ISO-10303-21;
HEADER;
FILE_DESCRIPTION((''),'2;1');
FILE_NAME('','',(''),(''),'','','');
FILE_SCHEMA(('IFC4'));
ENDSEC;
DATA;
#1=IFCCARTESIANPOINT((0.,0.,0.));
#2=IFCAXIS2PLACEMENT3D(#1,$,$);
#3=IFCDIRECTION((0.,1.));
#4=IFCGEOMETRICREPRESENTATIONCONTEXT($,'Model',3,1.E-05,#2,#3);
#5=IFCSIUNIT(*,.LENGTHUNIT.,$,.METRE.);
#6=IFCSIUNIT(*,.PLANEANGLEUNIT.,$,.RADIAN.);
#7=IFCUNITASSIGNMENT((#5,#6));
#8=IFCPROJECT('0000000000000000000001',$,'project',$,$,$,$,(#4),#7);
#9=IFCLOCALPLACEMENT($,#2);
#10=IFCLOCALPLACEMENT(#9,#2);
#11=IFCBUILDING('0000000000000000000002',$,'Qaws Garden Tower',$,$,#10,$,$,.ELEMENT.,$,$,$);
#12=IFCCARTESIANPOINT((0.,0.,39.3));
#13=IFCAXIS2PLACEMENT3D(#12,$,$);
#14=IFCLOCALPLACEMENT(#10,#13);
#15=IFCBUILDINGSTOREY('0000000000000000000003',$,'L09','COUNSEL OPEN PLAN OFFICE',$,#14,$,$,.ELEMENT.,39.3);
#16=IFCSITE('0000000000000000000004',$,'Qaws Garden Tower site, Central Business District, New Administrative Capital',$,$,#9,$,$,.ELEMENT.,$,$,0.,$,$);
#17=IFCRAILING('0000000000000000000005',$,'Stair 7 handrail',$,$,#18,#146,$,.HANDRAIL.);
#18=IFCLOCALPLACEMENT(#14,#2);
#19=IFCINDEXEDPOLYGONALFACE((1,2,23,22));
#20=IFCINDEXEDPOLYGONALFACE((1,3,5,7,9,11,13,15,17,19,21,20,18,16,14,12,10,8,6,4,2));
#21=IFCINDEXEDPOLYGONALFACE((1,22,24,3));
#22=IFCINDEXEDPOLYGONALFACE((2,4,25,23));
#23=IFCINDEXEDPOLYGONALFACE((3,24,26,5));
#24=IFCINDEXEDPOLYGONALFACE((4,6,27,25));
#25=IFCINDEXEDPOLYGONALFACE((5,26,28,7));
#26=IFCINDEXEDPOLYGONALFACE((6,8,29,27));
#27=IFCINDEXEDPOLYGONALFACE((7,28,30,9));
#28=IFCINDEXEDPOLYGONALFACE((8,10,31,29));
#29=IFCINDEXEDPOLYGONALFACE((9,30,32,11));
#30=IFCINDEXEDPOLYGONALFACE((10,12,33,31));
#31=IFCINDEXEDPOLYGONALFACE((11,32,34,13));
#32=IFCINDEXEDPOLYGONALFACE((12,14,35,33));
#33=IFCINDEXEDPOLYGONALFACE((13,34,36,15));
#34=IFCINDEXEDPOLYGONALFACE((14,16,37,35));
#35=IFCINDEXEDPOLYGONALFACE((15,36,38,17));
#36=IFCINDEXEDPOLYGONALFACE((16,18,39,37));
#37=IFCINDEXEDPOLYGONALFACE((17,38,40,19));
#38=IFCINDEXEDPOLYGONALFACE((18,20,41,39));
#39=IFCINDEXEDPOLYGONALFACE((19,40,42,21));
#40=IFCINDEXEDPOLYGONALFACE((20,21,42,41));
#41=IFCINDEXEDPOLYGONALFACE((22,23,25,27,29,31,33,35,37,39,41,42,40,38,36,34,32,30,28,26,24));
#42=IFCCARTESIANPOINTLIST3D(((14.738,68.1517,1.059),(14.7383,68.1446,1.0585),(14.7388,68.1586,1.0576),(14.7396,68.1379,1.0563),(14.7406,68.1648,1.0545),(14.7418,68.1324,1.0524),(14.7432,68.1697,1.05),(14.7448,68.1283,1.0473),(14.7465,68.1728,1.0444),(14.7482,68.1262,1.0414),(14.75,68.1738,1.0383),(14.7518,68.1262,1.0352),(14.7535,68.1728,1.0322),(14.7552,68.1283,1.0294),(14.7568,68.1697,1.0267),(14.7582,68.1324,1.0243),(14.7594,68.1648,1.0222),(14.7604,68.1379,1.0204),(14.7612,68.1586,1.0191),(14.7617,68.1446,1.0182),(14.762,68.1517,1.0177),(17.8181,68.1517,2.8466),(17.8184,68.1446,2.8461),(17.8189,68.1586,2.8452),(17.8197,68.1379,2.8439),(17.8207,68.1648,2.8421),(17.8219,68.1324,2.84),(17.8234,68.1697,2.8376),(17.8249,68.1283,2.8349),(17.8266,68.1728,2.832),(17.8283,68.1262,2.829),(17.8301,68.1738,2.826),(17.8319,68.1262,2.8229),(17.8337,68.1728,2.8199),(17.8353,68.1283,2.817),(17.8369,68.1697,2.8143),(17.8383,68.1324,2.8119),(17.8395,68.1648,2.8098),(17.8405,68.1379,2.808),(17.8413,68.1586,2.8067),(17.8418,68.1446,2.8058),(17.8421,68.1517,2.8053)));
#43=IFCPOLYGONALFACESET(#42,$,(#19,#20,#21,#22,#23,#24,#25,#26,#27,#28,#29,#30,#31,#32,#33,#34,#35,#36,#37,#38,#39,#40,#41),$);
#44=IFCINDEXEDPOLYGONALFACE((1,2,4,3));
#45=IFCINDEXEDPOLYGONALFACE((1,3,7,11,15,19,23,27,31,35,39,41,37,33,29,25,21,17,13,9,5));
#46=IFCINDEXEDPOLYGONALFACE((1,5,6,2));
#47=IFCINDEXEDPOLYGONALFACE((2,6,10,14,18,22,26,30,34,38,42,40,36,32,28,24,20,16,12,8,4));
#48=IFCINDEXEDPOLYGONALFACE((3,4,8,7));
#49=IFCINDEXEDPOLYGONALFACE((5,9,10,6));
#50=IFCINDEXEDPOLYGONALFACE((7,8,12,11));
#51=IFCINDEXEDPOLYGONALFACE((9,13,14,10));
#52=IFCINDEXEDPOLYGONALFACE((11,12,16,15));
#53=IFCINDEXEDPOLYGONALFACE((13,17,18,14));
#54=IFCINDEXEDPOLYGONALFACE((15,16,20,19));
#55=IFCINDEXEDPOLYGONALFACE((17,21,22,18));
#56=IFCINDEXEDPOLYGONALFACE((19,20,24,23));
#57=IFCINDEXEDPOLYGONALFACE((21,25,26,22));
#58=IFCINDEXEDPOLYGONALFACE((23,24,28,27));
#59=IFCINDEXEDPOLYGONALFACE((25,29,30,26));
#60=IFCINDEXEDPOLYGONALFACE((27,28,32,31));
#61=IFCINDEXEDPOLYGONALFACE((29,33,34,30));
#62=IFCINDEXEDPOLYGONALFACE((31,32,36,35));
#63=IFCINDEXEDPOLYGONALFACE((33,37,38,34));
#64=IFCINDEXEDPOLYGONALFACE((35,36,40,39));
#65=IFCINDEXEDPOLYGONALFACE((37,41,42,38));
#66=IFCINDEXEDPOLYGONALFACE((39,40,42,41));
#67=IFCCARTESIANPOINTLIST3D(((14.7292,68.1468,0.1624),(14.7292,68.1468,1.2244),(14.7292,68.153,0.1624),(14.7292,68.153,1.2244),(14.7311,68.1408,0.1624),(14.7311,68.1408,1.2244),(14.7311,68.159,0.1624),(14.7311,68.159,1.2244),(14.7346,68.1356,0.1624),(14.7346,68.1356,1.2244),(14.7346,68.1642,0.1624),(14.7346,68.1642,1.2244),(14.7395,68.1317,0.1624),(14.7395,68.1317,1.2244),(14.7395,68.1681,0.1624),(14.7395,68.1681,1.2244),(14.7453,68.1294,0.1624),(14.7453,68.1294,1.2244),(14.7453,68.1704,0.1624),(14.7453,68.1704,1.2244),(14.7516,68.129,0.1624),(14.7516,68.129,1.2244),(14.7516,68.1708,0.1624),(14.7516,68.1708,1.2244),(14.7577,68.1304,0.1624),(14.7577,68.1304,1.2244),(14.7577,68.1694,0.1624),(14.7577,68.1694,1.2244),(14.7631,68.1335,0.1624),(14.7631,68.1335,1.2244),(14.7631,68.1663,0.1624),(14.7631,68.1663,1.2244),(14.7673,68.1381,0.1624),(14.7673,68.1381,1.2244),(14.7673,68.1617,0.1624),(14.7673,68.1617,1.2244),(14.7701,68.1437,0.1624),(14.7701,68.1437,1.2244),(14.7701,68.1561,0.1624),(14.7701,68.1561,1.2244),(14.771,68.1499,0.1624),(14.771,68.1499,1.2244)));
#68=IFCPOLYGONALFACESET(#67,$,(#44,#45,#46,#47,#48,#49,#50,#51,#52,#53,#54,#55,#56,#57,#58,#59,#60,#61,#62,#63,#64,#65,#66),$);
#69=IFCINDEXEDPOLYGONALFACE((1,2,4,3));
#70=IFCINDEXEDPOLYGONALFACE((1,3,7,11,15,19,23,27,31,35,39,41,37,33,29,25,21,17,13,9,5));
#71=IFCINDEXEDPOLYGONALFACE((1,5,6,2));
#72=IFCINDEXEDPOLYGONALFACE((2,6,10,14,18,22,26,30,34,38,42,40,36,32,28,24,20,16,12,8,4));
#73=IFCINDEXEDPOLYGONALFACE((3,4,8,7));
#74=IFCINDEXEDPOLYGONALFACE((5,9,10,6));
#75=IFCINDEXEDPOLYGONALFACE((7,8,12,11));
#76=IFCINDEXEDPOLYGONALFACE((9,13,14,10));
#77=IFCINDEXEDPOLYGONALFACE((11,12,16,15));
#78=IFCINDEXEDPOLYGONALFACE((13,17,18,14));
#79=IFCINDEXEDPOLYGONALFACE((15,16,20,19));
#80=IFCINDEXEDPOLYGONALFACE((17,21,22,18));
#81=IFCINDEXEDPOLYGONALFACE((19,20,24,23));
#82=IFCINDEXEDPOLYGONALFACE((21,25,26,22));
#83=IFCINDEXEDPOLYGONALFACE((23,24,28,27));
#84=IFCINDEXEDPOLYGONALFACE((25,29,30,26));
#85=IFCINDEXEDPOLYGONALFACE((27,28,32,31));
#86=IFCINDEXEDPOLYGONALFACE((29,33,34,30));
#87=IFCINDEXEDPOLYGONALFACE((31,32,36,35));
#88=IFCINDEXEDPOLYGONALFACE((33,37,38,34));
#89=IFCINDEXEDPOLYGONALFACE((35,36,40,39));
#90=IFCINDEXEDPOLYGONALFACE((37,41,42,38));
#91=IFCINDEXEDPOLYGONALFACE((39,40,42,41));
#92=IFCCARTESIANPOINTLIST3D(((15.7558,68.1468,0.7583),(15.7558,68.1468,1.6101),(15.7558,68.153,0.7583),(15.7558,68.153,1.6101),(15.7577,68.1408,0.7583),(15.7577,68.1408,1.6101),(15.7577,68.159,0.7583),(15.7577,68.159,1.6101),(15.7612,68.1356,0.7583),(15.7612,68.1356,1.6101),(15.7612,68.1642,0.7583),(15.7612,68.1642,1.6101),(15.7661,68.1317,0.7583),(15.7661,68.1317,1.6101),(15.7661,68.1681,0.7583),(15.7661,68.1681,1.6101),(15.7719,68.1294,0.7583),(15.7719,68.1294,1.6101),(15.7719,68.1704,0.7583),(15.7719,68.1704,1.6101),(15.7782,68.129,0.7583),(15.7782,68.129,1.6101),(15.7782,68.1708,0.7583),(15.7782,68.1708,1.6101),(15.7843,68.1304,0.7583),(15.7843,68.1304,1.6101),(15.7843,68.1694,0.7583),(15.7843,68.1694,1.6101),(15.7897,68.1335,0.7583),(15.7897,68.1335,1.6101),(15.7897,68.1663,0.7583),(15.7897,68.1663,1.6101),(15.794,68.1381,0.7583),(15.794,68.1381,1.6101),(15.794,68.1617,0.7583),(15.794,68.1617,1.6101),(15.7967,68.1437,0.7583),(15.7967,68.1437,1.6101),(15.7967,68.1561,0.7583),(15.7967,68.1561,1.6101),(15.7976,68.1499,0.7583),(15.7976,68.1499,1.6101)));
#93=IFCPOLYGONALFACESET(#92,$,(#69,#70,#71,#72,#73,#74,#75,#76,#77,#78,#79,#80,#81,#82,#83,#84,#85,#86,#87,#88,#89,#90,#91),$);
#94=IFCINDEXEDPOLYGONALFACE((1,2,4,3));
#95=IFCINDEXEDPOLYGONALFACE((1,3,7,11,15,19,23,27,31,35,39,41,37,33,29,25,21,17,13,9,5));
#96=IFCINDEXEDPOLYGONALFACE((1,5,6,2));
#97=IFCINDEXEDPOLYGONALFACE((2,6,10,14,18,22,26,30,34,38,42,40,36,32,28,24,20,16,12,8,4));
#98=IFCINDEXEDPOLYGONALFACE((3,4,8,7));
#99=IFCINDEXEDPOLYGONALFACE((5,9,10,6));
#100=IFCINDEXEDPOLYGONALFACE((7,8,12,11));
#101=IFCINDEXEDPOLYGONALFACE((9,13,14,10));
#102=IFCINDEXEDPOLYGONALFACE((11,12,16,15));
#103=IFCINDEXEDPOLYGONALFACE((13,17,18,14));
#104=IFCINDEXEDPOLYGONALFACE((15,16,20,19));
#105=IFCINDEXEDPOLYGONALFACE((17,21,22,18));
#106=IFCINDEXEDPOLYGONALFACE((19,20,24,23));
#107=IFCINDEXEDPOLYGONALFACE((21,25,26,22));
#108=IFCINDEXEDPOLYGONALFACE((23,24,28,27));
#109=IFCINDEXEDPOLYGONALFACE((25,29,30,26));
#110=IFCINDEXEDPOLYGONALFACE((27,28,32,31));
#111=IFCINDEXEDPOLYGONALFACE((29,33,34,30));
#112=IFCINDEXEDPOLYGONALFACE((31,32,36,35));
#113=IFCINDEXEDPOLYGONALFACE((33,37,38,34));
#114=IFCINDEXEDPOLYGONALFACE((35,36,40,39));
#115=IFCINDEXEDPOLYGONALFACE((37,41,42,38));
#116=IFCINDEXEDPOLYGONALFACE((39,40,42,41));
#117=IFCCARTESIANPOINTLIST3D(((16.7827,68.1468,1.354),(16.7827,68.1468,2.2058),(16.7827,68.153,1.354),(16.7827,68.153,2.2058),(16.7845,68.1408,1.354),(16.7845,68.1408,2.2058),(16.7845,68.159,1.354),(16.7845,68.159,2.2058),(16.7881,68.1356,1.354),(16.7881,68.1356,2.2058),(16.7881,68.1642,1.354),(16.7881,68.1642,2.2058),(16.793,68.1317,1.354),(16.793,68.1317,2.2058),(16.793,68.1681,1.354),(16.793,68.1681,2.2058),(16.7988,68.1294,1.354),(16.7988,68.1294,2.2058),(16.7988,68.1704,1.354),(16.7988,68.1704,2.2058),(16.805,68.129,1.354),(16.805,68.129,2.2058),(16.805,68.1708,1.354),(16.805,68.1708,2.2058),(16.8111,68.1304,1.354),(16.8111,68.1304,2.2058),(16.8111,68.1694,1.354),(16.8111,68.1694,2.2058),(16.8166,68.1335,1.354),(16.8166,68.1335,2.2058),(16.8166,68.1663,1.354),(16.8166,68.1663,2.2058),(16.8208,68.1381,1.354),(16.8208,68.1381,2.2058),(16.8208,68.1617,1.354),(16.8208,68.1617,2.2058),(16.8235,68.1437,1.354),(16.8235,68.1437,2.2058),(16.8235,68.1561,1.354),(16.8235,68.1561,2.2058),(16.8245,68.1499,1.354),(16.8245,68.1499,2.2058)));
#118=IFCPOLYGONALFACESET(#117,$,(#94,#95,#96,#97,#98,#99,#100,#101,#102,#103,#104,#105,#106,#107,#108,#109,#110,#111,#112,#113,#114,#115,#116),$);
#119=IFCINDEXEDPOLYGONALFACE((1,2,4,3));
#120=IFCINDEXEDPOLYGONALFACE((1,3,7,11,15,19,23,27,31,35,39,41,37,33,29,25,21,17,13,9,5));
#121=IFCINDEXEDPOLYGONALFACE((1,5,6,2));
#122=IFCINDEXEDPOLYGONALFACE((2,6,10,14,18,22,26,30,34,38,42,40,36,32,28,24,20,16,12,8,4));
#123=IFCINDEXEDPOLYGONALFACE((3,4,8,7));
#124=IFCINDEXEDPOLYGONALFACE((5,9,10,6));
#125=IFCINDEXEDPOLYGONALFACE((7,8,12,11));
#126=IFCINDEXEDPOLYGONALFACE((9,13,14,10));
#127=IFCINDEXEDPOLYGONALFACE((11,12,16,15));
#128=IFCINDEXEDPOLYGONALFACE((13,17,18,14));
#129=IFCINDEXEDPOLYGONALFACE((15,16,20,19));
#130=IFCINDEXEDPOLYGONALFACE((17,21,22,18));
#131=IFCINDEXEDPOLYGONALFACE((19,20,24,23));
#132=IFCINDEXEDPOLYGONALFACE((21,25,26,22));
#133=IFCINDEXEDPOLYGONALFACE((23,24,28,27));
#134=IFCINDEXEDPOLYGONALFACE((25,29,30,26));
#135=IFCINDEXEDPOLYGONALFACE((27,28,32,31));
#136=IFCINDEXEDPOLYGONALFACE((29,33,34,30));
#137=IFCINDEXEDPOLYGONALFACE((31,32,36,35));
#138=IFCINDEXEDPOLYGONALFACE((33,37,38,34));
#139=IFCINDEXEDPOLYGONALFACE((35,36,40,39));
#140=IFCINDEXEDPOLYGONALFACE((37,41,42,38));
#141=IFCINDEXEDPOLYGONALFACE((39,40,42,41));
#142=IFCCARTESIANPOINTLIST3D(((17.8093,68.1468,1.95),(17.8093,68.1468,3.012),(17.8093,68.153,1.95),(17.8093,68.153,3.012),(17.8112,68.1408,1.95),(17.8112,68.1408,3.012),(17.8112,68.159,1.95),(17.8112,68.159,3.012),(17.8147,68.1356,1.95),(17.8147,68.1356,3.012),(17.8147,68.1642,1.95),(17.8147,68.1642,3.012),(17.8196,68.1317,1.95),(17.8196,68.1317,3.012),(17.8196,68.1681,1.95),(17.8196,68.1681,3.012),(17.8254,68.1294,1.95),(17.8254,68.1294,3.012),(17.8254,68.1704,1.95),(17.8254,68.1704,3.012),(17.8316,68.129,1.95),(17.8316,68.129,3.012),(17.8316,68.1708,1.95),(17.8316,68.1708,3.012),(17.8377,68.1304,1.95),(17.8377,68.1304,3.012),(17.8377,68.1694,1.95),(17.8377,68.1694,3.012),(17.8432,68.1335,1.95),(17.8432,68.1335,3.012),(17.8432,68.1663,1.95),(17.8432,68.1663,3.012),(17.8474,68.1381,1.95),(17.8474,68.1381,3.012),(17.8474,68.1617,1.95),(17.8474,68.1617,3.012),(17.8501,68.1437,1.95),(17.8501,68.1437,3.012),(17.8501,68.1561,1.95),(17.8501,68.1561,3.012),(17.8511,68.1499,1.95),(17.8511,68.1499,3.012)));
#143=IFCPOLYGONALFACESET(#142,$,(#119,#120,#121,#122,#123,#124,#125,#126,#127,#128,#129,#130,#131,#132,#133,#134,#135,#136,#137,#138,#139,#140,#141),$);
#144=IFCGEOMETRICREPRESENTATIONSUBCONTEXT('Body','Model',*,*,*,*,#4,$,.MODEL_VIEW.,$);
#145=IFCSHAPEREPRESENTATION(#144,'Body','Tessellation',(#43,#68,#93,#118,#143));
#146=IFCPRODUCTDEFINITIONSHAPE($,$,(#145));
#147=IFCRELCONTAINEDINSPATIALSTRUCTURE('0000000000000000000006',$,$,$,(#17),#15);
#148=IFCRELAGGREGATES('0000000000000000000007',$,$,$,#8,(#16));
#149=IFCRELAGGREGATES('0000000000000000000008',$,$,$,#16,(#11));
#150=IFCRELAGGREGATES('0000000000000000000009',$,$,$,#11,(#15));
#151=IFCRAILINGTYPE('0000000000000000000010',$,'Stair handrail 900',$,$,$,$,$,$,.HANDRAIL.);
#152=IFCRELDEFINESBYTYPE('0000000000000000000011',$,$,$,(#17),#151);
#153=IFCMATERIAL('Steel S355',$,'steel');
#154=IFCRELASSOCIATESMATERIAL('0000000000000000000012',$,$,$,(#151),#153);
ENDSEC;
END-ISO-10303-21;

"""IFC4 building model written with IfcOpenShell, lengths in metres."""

from ifc_helpers import new_model, si_unit, direction, frame, origin, origin_2d, place, context, subcontext, project, spatial, circle, extrude, material, type_object, element, save


model = new_model("IFC4")

# Units and contexts
model_context = context("Model", 3, precision=1e-05, world=origin(), true_north=direction((0.0, 1.0)))
body_context = subcontext(model_context, "Body", "Model", "MODEL_VIEW")
ifc_project = project(units=[si_unit("LENGTHUNIT", "METRE"), si_unit("PLANEANGLEUNIT", "RADIAN")], contexts=[model_context])

# Site, building, storey
site_placement = place(None, origin())
site = spatial("IfcSite", under=ifc_project, at=site_placement, Name="Qaws Garden Tower site, Central Business District, New Administrative Capital", CompositionType="ELEMENT", RefElevation=0.0)
building_placement = place(site_placement, origin())
building = spatial("IfcBuilding", under=site, at=building_placement, Name="Qaws Garden Tower", CompositionType="ELEMENT")
storey_placement = place(building_placement, frame((0.0, 0.0, 39.3)))
storey = spatial("IfcBuildingStorey", under=building, at=storey_placement, Name="L09", Description="COUNSEL OPEN PLAN OFFICE", CompositionType="ELEMENT", Elevation=39.3)

# Railing
ifc_material_1 = material(Name="Steel S355", Category="steel")
railing_type = type_object("IfcRailingType", Name="Stair handrail 900", PredefinedType="HANDRAIL", material=ifc_material_1)
railing_1_placement = place(storey_placement, frame((14.75, 68.1499, 0.1624)))
element("IfcRailing", 1, at=railing_1_placement, inside=storey, type_object=railing_type, Name="Stair 7 handrail", PredefinedType="HANDRAIL", context=body_context, shape_type="SweptSolid", body=[
    extrude(circle(Radius=0.0239, at=origin_2d()), frame((0.0, 0.0, 0.876), z_axis=(0.864891, 0.0, 0.50196), x_axis=(0.0, 1.0, 0.0)), (0.0, 0.0, 1.0), 3.5613),
    extrude(circle(Radius=0.021, at=origin_2d()), origin(), (0.0, 0.0, 1.0), 1.062),
    extrude(circle(Radius=0.021, at=origin_2d()), frame((1.0266, 0.0, 0.5959)), (0.0, 0.0, 1.0), 0.8518),
    extrude(circle(Radius=0.021, at=origin_2d()), frame((2.0535, 0.0, 1.1917)), (0.0, 0.0, 1.0), 0.8518),
    extrude(circle(Radius=0.021, at=origin_2d()), frame((3.0801, 0.0, 1.7876)), (0.0, 0.0, 1.0), 1.062),
])

save(model, "model.ifc")
